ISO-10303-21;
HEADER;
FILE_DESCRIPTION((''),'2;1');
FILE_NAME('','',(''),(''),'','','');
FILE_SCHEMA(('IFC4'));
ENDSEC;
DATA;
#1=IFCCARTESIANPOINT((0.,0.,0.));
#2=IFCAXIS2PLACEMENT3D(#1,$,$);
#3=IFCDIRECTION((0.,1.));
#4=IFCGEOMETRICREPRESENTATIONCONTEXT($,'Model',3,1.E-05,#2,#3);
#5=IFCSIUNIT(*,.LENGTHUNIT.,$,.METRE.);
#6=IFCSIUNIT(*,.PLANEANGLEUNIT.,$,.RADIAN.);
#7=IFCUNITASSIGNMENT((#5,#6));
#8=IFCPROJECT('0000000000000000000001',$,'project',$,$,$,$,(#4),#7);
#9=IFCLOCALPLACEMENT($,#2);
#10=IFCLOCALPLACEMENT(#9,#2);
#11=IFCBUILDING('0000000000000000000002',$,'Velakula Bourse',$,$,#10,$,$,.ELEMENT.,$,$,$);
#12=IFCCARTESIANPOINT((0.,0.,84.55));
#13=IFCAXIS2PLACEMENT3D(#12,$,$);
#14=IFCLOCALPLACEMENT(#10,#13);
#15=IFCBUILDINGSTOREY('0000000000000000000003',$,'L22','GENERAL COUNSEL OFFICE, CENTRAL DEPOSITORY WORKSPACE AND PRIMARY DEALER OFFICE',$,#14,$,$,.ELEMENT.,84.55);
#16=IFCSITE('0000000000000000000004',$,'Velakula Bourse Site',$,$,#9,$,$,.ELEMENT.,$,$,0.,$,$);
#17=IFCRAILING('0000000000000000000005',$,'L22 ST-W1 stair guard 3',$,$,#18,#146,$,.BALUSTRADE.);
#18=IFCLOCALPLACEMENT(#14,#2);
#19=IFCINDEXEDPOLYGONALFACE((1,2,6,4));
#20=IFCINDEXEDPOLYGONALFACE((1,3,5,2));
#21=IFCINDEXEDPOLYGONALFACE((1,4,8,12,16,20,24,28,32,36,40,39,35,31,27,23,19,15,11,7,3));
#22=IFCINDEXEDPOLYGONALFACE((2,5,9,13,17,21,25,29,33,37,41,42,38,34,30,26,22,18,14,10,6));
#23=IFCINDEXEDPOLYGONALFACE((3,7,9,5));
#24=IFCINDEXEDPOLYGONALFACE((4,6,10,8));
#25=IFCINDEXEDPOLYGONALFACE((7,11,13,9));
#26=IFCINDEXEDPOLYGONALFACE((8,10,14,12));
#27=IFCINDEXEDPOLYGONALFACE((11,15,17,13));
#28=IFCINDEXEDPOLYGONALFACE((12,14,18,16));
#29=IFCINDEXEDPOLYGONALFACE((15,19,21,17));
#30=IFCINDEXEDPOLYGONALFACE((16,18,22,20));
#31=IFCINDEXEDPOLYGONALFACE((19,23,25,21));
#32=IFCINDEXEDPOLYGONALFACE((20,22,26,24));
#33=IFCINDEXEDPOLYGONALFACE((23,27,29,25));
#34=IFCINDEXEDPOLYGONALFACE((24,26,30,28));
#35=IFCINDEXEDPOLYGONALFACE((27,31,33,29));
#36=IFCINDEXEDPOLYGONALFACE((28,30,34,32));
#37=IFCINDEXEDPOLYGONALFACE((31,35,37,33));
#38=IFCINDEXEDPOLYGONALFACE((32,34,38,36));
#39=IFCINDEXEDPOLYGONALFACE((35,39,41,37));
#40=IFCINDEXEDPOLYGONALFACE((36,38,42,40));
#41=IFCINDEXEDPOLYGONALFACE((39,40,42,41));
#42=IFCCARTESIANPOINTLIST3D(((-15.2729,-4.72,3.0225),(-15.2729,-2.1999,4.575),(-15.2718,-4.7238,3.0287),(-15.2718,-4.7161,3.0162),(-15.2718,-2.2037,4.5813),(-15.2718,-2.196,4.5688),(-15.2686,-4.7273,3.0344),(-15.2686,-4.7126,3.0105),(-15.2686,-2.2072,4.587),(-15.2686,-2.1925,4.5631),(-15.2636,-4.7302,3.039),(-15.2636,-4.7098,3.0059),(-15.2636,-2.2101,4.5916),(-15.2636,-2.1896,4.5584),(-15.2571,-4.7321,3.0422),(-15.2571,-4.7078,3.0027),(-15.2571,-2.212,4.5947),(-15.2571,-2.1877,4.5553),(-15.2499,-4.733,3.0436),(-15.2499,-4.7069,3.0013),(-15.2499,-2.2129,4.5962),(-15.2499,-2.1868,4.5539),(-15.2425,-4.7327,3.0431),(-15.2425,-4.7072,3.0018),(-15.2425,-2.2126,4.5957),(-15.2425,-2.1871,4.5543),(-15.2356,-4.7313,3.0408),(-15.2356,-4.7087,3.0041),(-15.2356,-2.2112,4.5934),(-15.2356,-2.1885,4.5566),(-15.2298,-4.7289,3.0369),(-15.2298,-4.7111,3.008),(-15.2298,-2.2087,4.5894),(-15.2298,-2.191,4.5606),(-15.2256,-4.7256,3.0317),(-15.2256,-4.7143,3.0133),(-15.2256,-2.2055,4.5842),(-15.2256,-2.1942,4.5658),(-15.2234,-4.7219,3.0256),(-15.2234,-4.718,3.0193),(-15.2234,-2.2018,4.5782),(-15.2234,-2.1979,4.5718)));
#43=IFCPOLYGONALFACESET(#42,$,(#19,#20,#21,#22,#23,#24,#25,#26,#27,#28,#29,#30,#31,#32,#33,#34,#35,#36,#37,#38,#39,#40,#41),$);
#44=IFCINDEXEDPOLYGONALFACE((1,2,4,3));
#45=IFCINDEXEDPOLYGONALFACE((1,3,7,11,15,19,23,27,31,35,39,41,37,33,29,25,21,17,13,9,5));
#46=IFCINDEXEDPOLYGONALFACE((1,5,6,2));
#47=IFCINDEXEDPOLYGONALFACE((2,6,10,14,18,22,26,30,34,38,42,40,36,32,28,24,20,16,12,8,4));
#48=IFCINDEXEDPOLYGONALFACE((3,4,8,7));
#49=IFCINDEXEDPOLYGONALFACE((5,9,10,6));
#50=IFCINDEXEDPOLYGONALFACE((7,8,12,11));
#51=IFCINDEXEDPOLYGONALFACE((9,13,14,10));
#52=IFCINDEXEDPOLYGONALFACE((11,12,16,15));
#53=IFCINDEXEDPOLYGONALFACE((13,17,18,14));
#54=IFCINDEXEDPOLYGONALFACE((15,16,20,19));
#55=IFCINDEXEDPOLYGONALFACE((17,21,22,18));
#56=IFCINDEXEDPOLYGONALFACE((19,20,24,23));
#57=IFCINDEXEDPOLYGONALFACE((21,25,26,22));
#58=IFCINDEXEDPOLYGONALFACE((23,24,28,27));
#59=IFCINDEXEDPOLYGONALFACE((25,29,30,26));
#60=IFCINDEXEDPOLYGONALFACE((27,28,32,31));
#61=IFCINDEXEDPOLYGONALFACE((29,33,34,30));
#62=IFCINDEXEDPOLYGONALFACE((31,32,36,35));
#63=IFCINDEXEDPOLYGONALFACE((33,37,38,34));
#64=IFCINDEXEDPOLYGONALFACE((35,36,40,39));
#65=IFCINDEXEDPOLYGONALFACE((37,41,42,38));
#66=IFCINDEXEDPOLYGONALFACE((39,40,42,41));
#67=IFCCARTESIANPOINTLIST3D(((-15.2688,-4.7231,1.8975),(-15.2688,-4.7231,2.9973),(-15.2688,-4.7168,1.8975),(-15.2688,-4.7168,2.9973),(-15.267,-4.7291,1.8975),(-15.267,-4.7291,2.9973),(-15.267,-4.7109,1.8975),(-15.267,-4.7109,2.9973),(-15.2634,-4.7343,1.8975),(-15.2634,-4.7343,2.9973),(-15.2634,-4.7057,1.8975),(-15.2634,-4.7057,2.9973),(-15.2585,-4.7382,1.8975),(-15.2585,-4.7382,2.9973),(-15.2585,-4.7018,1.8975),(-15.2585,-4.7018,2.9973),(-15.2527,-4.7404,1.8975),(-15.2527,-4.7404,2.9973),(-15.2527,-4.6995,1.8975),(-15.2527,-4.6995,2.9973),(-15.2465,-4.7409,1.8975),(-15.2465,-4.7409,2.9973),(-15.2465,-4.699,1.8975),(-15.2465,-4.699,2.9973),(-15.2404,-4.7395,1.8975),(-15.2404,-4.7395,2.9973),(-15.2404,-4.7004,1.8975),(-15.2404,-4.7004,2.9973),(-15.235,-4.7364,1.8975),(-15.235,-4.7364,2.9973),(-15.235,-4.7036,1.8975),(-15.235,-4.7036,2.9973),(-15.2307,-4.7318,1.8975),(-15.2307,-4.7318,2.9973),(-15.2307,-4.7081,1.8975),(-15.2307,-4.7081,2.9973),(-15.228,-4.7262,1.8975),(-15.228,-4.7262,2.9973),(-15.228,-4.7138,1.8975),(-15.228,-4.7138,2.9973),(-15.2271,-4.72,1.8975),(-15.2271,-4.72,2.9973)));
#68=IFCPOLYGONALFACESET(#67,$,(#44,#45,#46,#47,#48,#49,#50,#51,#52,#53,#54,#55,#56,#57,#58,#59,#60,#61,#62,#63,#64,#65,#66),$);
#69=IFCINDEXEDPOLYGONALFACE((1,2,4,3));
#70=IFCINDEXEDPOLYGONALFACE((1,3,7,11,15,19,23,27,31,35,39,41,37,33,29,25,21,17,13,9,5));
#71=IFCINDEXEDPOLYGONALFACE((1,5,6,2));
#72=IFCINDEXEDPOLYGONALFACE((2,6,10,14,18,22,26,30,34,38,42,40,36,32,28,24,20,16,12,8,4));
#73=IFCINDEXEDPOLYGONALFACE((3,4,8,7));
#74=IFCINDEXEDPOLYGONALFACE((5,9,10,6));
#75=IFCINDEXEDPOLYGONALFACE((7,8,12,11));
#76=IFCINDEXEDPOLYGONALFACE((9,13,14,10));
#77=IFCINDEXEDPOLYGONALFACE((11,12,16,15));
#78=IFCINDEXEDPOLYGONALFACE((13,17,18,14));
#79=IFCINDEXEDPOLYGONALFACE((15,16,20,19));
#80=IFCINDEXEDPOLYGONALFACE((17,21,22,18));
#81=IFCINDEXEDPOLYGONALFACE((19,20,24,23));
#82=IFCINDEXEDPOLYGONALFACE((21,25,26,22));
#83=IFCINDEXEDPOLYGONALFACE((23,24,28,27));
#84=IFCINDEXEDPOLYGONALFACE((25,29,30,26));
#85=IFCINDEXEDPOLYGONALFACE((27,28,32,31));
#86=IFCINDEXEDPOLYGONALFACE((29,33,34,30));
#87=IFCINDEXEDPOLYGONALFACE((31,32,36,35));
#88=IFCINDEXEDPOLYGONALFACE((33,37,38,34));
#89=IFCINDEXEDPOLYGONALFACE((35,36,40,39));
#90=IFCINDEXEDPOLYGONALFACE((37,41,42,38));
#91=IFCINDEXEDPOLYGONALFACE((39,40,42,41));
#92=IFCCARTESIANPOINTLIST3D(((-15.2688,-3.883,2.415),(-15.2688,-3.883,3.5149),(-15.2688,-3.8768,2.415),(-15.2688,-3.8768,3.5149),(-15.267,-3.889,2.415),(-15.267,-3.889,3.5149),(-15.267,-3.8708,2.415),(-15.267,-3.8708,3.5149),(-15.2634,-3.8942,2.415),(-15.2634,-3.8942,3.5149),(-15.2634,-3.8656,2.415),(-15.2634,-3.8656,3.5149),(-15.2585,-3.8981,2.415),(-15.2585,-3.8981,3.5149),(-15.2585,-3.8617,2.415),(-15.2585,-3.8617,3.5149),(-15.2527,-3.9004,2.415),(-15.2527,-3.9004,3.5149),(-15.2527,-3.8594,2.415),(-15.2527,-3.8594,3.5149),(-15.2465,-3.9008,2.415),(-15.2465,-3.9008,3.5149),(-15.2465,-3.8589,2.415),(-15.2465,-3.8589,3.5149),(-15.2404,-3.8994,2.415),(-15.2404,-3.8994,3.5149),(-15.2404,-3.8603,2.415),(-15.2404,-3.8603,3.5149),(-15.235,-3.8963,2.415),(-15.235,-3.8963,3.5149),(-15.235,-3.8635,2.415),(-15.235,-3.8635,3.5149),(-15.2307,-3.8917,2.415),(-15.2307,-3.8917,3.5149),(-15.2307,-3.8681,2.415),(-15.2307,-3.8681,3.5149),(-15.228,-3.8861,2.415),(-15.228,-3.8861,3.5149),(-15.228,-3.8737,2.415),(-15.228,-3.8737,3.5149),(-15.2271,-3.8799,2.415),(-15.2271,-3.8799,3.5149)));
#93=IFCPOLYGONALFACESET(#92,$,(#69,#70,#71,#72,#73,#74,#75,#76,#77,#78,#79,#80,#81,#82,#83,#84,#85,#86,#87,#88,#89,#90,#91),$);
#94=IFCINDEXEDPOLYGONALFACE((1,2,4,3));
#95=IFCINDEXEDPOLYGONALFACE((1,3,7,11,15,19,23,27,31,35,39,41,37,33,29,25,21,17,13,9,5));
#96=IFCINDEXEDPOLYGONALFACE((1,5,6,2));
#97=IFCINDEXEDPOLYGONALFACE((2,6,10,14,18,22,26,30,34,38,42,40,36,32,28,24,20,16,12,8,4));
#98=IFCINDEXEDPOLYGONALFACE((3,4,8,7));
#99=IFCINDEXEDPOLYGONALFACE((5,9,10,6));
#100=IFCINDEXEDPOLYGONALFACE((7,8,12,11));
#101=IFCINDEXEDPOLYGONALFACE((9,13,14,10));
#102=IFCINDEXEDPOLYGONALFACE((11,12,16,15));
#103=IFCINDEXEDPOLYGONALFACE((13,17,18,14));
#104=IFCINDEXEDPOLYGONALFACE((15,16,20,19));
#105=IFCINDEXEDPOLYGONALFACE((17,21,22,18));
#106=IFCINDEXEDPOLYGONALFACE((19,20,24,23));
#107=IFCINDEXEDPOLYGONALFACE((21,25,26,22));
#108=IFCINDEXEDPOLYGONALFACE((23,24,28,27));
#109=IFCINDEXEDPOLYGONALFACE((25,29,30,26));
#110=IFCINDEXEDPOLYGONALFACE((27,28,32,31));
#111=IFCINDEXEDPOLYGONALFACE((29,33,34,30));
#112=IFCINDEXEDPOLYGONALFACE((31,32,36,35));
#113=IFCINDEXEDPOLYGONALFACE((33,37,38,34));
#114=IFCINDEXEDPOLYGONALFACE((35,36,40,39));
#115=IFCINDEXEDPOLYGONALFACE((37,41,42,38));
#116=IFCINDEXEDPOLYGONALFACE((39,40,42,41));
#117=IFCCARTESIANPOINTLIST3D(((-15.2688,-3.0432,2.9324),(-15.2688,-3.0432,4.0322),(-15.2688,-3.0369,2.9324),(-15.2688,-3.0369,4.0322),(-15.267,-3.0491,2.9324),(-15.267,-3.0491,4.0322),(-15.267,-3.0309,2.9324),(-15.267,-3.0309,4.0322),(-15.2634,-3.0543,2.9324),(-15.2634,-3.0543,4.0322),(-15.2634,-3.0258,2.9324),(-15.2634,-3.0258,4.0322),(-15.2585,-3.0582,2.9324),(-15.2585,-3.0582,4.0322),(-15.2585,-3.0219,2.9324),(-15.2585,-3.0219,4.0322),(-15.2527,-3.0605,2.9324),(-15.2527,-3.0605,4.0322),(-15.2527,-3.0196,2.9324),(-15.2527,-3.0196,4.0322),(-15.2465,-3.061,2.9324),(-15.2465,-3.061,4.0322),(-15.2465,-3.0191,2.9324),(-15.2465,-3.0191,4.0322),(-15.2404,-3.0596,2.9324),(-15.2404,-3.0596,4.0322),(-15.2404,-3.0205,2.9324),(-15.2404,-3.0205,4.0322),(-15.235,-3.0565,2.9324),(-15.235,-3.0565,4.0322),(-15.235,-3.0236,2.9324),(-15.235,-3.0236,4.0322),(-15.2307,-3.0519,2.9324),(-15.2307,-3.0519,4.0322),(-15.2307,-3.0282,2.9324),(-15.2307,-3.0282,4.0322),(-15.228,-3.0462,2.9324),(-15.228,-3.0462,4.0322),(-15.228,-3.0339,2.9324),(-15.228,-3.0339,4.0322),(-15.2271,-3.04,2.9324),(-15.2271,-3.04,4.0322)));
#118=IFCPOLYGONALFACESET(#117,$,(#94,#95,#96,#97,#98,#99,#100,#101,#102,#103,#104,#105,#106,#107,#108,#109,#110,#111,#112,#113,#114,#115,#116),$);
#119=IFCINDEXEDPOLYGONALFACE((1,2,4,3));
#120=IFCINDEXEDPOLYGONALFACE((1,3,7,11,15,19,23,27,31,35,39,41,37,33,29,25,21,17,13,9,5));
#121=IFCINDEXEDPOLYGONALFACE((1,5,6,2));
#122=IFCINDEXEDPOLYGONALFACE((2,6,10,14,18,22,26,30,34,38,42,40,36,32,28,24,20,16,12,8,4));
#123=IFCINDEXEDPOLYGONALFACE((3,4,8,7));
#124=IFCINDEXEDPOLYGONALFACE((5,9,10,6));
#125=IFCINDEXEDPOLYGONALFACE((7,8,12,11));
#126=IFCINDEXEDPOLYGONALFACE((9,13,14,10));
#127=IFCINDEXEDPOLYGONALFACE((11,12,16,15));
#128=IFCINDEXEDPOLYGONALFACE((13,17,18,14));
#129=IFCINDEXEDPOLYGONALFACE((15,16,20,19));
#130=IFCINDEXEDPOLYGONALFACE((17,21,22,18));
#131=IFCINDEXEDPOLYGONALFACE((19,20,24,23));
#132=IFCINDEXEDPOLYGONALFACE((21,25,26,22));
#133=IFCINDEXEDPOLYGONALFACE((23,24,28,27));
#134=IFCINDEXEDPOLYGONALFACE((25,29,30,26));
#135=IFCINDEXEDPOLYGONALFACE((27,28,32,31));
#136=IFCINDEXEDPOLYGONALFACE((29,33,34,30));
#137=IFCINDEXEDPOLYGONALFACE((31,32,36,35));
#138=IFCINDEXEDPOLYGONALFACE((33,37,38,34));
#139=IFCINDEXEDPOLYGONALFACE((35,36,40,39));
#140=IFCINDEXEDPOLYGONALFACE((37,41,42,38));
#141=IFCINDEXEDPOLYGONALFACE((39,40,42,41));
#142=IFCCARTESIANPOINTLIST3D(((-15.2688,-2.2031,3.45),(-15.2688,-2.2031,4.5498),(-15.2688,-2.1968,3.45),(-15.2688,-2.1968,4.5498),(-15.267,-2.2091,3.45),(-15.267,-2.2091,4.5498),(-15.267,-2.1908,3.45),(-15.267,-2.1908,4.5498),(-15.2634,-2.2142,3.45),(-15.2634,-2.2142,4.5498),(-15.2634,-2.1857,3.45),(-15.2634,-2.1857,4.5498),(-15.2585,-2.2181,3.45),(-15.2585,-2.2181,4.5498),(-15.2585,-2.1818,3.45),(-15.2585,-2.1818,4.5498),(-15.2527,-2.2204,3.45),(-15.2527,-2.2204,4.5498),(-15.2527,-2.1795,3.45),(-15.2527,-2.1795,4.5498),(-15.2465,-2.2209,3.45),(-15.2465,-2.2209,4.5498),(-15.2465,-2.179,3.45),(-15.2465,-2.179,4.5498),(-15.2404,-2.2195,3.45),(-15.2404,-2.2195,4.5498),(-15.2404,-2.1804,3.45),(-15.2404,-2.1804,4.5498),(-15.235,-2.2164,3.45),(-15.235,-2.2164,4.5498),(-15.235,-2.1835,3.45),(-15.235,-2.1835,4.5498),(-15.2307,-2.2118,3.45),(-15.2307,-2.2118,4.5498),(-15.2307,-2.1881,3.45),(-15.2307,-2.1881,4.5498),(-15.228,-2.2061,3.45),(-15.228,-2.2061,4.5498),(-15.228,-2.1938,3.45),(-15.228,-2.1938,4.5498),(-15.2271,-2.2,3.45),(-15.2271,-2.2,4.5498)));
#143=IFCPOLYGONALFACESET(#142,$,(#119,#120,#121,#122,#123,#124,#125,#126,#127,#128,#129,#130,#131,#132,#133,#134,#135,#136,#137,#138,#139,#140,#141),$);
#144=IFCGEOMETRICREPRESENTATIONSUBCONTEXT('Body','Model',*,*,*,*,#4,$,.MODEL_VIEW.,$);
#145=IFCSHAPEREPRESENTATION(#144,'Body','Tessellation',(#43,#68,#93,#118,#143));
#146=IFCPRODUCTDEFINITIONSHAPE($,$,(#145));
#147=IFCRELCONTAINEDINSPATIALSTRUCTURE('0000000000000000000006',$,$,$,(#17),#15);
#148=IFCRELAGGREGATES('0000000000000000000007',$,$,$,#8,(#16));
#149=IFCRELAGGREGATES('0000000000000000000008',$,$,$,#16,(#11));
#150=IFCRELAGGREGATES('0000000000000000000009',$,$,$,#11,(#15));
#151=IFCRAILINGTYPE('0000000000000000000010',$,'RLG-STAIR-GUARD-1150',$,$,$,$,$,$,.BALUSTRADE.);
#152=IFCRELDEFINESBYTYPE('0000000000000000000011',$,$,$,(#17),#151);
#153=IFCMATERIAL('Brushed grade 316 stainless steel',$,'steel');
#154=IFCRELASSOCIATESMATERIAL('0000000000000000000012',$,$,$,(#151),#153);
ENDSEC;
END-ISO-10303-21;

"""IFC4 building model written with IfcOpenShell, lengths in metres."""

from ifc_helpers import new_model, si_unit, direction, frame, origin, origin_2d, place, context, subcontext, project, spatial, circle, extrude, material, type_object, element, save


model = new_model("IFC4")

# Units and contexts
model_context = context("Model", 3, precision=1e-05, world=origin(), true_north=direction((0.0, 1.0)))
body_context = subcontext(model_context, "Body", "Model", "MODEL_VIEW")
ifc_project = project(units=[si_unit("LENGTHUNIT", "METRE"), si_unit("PLANEANGLEUNIT", "RADIAN")], contexts=[model_context])

# Site, building, storey
site_placement = place(None, origin())
site = spatial("IfcSite", under=ifc_project, at=site_placement, Name="Velakula Bourse Site", CompositionType="ELEMENT", RefElevation=0.0)
building_placement = place(site_placement, origin())
building = spatial("IfcBuilding", under=site, at=building_placement, Name="Velakula Bourse", CompositionType="ELEMENT")
storey_placement = place(building_placement, frame((0.0, 0.0, 84.55)))
storey = spatial("IfcBuildingStorey", under=building, at=storey_placement, Name="L22", Description="GENERAL COUNSEL OFFICE, CENTRAL DEPOSITORY WORKSPACE AND PRIMARY DEALER OFFICE", CompositionType="ELEMENT", Elevation=84.55)

# Shared definitions
ifc_material_1 = material(Name="Brushed grade 316 stainless steel", Category="steel")

# Railing
railing_type_1 = type_object("IfcRailingType", Name="RLG-STAIR-GUARD-1150", PredefinedType="BALUSTRADE", material=ifc_material_1)
railing_1_placement = place(storey_placement, frame((-15.248, -4.72, 1.8975)))
element("IfcRailing", 1, at=railing_1_placement, inside=storey, type_object=railing_type_1, Name="L22 ST-W1 stair guard 3", PredefinedType="BALUSTRADE", context=body_context, shape_type="SweptSolid", body=[
    extrude(circle(Radius=0.0249, at=origin_2d()), frame((0.0, 0.0, 1.125), z_axis=(0.0, 0.8514, 0.524516), x_axis=(-1.0, 0.0, 0.0)), (0.0, 0.0, 1.0), 2.96),
    extrude(circle(Radius=0.021, at=origin_2d()), origin(), (0.0, 0.0, 1.0), 1.0999),
    extrude(circle(Radius=0.021, at=origin_2d()), frame((0.0, 0.8401, 0.5176)), (0.0, 0.0, 1.0), 1.0999),
    extrude(circle(Radius=0.021, at=origin_2d()), frame((0.0, 1.6799, 1.0349)), (0.0, 0.0, 1.0), 1.0999),
    extrude(circle(Radius=0.021, at=origin_2d()), frame((0.0, 2.52, 1.5525)), (0.0, 0.0, 1.0), 1.0999),
])

save(model, "model.ifc")
